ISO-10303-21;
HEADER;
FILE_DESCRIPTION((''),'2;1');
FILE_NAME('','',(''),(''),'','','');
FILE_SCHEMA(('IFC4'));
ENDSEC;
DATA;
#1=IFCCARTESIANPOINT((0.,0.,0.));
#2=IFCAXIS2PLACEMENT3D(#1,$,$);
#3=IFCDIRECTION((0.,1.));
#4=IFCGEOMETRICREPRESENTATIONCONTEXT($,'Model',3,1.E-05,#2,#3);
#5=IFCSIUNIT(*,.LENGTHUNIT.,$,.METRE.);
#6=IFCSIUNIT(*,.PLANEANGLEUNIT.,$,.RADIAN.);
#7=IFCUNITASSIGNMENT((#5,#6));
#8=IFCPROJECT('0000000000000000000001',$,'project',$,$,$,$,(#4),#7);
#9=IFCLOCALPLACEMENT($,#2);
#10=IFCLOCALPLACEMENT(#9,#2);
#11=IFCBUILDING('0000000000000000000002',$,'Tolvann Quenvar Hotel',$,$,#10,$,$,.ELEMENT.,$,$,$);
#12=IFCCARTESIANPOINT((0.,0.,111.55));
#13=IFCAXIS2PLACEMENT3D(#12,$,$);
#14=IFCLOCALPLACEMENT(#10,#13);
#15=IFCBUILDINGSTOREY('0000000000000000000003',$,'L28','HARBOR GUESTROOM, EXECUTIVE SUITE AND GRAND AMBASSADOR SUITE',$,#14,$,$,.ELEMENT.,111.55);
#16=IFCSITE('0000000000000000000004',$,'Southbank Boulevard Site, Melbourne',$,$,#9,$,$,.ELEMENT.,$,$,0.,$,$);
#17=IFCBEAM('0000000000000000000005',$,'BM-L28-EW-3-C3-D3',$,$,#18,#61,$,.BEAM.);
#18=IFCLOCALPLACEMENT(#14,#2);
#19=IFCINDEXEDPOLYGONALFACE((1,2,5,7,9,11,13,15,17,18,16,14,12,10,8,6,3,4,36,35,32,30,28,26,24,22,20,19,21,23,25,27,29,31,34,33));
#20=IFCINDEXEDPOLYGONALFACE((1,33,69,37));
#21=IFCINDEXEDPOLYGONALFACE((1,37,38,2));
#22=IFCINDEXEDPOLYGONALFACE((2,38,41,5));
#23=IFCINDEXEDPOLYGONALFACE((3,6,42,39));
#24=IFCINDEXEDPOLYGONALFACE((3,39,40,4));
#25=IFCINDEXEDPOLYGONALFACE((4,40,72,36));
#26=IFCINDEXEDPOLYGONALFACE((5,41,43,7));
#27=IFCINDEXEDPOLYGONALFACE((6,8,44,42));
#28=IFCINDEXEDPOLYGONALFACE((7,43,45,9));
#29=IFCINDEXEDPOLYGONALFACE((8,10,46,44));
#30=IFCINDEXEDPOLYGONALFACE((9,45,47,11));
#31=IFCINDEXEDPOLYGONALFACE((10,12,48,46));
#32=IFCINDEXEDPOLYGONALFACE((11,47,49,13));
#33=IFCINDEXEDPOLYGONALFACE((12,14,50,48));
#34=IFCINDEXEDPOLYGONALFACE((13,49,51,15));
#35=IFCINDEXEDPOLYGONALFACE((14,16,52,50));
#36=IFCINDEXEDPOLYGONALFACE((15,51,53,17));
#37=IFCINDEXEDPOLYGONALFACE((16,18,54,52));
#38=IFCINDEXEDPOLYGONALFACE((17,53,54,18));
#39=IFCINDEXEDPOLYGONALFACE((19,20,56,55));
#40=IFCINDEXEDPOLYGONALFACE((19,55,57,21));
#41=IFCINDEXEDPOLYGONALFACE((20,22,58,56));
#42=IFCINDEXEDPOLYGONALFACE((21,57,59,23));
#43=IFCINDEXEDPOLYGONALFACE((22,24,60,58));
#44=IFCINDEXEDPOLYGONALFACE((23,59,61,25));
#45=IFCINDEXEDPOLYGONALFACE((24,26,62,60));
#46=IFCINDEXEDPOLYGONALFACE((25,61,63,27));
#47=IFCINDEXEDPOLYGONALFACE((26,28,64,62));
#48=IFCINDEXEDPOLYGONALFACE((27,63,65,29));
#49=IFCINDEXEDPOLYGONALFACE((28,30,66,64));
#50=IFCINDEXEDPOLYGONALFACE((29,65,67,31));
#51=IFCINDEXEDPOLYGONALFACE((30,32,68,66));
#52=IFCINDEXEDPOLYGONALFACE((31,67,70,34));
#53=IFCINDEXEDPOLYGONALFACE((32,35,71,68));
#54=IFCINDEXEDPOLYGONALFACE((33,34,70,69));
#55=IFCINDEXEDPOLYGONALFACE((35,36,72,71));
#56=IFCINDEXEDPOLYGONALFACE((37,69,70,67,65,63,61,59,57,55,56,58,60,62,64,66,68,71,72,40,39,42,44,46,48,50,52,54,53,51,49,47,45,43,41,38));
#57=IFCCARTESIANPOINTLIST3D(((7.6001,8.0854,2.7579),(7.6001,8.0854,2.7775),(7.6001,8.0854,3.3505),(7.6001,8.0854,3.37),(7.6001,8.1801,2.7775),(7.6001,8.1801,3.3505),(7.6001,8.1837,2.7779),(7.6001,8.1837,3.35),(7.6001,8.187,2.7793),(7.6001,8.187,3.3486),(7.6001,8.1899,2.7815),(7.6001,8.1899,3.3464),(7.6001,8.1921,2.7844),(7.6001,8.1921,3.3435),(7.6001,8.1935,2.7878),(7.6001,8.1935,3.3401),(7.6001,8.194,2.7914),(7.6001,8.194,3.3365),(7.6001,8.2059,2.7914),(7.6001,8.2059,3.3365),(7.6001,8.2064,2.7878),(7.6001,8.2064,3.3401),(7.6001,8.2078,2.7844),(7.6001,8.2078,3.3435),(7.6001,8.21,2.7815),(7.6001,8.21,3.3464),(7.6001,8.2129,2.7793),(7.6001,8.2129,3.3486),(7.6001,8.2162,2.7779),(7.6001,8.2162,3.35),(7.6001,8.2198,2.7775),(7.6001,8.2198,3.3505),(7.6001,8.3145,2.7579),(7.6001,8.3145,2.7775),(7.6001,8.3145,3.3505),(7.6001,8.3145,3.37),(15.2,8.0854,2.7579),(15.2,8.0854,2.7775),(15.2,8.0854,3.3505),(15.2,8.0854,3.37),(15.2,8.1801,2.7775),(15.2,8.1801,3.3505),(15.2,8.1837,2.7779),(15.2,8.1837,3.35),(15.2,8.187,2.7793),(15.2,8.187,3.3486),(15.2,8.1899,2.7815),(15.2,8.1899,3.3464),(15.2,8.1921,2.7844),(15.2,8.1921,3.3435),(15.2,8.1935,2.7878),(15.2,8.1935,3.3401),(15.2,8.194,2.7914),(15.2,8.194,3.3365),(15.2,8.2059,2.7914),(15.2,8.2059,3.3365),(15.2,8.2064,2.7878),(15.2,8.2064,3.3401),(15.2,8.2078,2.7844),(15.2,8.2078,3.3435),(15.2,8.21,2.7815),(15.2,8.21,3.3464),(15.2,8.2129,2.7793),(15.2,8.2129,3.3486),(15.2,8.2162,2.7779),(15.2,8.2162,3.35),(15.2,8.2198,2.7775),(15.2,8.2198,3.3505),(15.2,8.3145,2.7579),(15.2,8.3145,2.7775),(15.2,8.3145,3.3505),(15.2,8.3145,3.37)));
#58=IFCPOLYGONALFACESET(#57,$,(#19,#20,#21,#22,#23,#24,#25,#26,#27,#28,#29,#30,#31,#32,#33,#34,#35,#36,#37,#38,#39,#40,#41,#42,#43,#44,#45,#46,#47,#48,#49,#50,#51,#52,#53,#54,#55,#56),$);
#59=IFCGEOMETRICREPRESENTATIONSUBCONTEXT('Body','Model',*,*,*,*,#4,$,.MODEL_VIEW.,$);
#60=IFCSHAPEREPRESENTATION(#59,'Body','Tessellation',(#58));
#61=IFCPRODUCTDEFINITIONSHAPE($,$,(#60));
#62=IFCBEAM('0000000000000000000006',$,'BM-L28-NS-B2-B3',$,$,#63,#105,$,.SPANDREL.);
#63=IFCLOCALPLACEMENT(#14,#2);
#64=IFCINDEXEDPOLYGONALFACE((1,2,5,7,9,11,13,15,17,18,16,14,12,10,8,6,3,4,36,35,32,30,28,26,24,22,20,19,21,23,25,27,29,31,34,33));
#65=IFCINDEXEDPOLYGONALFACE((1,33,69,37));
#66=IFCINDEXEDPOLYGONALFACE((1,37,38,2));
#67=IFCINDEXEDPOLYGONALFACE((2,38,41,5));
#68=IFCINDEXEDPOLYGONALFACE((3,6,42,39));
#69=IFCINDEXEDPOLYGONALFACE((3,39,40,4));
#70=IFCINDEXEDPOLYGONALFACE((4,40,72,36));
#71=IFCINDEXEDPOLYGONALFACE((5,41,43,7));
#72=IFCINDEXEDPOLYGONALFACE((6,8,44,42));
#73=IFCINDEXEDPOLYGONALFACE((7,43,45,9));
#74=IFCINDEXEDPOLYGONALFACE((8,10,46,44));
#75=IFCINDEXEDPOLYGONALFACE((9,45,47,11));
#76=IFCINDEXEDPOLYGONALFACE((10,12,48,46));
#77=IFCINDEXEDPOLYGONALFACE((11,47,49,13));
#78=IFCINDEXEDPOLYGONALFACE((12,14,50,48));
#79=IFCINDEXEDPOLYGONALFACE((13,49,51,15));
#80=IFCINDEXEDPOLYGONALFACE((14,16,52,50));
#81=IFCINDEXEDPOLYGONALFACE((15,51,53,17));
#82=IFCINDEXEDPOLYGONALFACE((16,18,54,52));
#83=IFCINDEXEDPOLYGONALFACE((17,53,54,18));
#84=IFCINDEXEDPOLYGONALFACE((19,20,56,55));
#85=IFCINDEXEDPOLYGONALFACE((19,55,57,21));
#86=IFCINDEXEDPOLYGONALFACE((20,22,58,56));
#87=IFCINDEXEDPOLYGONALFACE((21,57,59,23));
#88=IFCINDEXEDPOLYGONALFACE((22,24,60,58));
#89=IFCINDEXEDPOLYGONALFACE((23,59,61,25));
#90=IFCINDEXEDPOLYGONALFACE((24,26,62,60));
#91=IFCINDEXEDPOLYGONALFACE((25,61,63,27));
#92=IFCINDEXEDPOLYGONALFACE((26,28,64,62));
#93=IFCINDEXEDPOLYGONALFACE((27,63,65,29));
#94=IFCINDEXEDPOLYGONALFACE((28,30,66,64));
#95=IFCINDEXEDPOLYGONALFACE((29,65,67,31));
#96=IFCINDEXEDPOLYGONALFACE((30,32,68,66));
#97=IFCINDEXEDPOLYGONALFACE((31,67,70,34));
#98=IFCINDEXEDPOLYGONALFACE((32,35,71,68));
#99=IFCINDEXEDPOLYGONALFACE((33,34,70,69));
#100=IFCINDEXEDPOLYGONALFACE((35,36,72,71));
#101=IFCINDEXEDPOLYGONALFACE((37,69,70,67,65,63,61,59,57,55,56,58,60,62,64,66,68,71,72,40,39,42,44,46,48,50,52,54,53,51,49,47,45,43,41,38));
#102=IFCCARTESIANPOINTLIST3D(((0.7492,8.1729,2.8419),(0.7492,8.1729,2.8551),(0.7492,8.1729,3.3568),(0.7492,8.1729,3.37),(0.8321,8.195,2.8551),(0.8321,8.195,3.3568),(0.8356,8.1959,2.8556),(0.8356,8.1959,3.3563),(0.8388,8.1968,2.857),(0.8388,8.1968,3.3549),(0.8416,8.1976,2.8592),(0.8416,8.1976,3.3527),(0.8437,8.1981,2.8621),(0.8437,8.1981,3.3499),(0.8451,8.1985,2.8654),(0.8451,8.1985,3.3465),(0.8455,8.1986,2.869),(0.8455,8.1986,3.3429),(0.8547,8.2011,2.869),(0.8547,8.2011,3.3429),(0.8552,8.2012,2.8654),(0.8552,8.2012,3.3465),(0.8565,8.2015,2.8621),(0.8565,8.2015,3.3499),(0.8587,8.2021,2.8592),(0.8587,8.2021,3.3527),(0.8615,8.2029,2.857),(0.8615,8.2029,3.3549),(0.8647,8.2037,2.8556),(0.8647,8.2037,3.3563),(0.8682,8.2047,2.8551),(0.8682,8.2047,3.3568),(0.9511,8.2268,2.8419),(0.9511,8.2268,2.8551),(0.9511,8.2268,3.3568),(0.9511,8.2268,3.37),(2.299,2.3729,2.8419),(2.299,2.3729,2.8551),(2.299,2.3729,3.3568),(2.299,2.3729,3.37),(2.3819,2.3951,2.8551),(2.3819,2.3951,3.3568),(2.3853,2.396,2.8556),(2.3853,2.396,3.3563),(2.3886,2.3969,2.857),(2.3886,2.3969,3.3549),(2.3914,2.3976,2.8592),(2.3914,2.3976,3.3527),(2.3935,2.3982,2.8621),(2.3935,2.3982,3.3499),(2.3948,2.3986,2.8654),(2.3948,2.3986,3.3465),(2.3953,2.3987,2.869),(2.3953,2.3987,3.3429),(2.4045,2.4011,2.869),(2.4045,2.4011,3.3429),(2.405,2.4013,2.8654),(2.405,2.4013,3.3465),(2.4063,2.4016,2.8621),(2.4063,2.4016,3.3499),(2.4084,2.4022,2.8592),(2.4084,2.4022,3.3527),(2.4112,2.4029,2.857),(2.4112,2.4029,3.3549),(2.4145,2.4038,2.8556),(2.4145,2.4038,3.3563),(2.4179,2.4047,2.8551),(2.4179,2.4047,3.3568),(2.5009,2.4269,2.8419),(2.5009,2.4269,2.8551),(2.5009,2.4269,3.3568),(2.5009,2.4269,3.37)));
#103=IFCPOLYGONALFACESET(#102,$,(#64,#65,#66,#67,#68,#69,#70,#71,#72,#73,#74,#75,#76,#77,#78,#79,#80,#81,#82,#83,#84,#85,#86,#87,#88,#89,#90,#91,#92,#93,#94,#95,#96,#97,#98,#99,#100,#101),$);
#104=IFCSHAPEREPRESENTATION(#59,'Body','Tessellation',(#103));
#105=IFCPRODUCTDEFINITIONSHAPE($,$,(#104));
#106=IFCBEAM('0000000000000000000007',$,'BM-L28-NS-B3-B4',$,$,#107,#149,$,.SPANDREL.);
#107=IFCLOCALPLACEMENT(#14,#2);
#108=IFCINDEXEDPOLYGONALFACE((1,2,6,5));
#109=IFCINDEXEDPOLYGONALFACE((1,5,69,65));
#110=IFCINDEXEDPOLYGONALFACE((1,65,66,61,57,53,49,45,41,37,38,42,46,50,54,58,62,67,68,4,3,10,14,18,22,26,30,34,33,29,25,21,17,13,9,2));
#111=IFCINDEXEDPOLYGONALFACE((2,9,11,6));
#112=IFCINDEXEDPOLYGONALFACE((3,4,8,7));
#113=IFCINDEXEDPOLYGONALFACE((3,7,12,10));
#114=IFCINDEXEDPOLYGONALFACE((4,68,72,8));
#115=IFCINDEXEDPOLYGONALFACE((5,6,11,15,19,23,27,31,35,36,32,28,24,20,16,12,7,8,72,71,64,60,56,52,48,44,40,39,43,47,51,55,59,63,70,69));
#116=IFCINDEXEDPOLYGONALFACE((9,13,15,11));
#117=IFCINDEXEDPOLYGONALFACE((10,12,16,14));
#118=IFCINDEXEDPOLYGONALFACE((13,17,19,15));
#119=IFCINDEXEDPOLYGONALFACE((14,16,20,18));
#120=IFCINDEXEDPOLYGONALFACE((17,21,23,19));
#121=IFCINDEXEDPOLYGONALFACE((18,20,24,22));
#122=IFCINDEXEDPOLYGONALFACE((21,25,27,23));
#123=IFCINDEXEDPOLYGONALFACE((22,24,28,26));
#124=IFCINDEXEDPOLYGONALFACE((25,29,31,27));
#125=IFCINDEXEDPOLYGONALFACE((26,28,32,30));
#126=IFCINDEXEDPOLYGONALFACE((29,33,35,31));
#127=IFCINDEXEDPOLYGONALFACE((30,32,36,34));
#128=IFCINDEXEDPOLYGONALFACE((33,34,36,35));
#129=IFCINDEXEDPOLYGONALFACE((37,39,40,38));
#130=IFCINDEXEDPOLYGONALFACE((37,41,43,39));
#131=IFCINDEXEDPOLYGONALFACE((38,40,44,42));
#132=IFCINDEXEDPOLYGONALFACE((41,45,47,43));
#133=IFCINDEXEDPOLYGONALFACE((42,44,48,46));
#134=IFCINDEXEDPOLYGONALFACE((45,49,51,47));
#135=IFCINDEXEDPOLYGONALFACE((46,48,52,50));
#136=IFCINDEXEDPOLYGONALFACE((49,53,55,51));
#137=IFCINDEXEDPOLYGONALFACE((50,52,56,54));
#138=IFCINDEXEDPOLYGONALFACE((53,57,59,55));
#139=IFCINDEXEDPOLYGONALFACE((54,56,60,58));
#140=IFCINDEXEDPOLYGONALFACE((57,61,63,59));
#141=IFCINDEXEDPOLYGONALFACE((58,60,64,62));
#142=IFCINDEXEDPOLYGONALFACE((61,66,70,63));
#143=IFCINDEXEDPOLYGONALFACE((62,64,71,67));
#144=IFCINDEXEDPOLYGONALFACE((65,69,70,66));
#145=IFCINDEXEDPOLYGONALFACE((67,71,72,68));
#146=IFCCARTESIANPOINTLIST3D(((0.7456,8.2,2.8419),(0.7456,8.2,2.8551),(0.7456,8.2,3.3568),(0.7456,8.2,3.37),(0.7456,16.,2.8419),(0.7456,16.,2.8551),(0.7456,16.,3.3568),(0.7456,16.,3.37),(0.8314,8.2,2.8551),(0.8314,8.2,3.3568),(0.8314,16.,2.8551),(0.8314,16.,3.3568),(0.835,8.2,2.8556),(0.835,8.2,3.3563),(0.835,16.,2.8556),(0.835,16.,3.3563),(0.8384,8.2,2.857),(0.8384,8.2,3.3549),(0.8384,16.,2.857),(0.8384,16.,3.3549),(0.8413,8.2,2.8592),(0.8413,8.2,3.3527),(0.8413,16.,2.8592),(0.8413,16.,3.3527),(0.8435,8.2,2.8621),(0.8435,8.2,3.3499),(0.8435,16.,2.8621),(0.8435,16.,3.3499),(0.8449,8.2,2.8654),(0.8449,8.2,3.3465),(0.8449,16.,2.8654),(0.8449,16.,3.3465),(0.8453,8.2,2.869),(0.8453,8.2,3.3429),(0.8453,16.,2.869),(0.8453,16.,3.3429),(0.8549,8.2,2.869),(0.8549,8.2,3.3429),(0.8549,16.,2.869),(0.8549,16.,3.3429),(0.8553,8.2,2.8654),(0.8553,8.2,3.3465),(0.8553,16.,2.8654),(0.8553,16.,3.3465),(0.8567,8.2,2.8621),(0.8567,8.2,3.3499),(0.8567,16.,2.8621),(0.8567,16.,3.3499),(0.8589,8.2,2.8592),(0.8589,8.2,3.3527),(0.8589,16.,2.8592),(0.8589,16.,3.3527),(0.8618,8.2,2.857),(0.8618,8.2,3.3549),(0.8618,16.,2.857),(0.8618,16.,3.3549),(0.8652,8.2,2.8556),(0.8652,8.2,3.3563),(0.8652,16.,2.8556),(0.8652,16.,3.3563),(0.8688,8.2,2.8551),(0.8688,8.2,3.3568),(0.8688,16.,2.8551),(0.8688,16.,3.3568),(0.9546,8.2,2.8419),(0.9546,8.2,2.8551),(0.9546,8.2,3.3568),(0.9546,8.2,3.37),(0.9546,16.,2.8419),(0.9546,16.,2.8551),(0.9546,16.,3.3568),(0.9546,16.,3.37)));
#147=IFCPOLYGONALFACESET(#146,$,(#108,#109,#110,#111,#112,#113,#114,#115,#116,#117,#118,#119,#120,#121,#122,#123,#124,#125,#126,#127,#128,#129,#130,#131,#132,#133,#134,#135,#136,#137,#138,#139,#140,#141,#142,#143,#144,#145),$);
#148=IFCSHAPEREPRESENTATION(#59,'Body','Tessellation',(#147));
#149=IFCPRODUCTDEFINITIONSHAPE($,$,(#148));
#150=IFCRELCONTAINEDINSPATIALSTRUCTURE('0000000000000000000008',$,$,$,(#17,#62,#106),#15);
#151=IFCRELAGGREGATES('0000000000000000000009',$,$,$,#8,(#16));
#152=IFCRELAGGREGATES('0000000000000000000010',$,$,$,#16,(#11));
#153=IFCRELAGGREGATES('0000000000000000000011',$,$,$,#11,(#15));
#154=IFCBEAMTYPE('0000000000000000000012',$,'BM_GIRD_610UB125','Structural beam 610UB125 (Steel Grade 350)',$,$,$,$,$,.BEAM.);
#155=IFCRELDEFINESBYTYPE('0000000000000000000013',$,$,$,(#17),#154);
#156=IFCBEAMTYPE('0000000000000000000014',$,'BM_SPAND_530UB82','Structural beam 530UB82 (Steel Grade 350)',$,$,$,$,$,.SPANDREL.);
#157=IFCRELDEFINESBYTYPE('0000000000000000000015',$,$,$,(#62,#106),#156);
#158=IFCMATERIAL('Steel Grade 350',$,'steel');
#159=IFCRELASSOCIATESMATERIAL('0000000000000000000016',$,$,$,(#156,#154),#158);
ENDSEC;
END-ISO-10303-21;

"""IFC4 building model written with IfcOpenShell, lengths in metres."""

from ifc_helpers import new_model, si_unit, direction, frame, origin, origin_2d, place, context, subcontext, project, spatial, i_section, extrude, source, transform, mapped, material, material_profile, profile_set, type_object, type_shapes, element, save


model = new_model("IFC4")

# Units and contexts
model_context = context("Model", 3, precision=1e-05, world=origin(), true_north=direction((0.0, 1.0)))
body_context = subcontext(model_context, "Body", "Model", "MODEL_VIEW")
ifc_project = project(units=[si_unit("LENGTHUNIT", "METRE"), si_unit("PLANEANGLEUNIT", "RADIAN")], contexts=[model_context])

# Site, building, storey
site_placement = place(None, origin())
site = spatial("IfcSite", under=ifc_project, at=site_placement, Name="Southbank Boulevard Site, Melbourne", CompositionType="ELEMENT", RefElevation=0.0)
building_placement = place(site_placement, origin())
building = spatial("IfcBuilding", under=site, at=building_placement, Name="Tolvann Quenvar Hotel", CompositionType="ELEMENT")
storey_placement = place(building_placement, frame((0.0, 0.0, 111.55)))
storey = spatial("IfcBuildingStorey", under=building, at=storey_placement, Name="L28", Description="HARBOR GUESTROOM, EXECUTIVE SUITE AND GRAND AMBASSADOR SUITE", CompositionType="ELEMENT", Elevation=111.55)

# Shared definitions
ifc_material_1 = material(Name="Steel Grade 350", Category="steel")

# Beams
ifc_material_profile_1 = material_profile(ifc_material_1, i_section(OverallWidth=0.209, OverallDepth=0.5281, WebThickness=0.0095, FlangeThickness=0.0132, FilletRadius=0.0139, at=origin_2d()), Name="530UB82")
ifc_profile_set_1 = profile_set([ifc_material_profile_1], Name="Steel Grade 350")
beam_type_1 = type_object("IfcBeamType", Name="BM_SPAND_530UB82", Description="Structural beam 530UB82 (Steel Grade 350)", PredefinedType="SPANDREL", material=ifc_profile_set_1)
ifc_material_profile_2 = material_profile(ifc_material_1, i_section(OverallWidth=0.229, OverallDepth=0.6121, WebThickness=0.012, FlangeThickness=0.0195, FilletRadius=0.0139, at=origin_2d()), Name="610UB125")
ifc_profile_set_2 = profile_set([ifc_material_profile_2], Name="Steel Grade 350")
beam_type_2 = type_object("IfcBeamType", Name="BM_GIRD_610UB125", Description="Structural beam 610UB125 (Steel Grade 350)", PredefinedType="BEAM", material=ifc_profile_set_2)
shared_shape_1 = source(origin(), body_context, "Body", "SweptSolid", [
    extrude(i_section(OverallWidth=0.229, OverallDepth=0.6121, WebThickness=0.012, FlangeThickness=0.0195, FilletRadius=0.0139, at=origin_2d()), origin(), (0.0, 0.0, 1.0), 7.5999),
])
type_shapes(beam_type_2, [shared_shape_1])
beam_1_placement = place(storey_placement, frame((7.6001, 8.2, 3.064), z_axis=(1.0, 0.0, 0.0), x_axis=(0.0, 1.0, 0.0)))
element("IfcBeam", 1, at=beam_1_placement, inside=storey, type_object=beam_type_2, Name="BM-L28-EW-3-C3-D3", PredefinedType="BEAM", context=body_context, shape_type="MappedRepresentation", body=[
    mapped(shared_shape_1, transform((0.0, 0.0, 0.0), x_axis=(1.0, 0.0, 0.0), y_axis=(0.0, 1.0, 0.0), z_axis=(0.0, 0.0, 1.0), scale=1.0)),
])
shared_shape_2 = source(origin(), body_context, "Body", "SweptSolid", [
    extrude(i_section(OverallWidth=0.209, OverallDepth=0.5281, WebThickness=0.0095, FlangeThickness=0.0132, FilletRadius=0.0139, at=origin_2d()), origin(), (0.0, 0.0, 1.0), 6.0034),
])
beam_2_placement = place(storey_placement, frame((2.3999, 2.3999, 3.106), z_axis=(-0.258149, 0.966105, 0.0), x_axis=(-0.966105, -0.258149, 0.0)))
element("IfcBeam", 2, at=beam_2_placement, inside=storey, type_object=beam_type_1, Name="BM-L28-NS-B2-B3", PredefinedType="SPANDREL", context=body_context, shape_type="MappedRepresentation", body=[
    mapped(shared_shape_2, transform((0.0, 0.0, 0.0), x_axis=(1.0, 0.0, 0.0), y_axis=(0.0, 1.0, 0.0), z_axis=(0.0, 0.0, 1.0), scale=1.0)),
])
shared_shape_3 = source(origin(), body_context, "Body", "SweptSolid", [
    extrude(i_section(OverallWidth=0.209, OverallDepth=0.5281, WebThickness=0.0095, FlangeThickness=0.0132, FilletRadius=0.0139, at=origin_2d()), origin(), (0.0, 0.0, 1.0), 7.8),
])
beam_3_placement = place(storey_placement, frame((0.8501, 8.2, 3.106), z_axis=(0.0, 1.0, 0.0), x_axis=(-1.0, 0.0, 0.0)))
element("IfcBeam", 3, at=beam_3_placement, inside=storey, type_object=beam_type_1, Name="BM-L28-NS-B3-B4", PredefinedType="SPANDREL", context=body_context, shape_type="MappedRepresentation", body=[
    mapped(shared_shape_3, transform((0.0, 0.0, 0.0), x_axis=(1.0, 0.0, 0.0), y_axis=(0.0, 1.0, 0.0), z_axis=(0.0, 0.0, 1.0), scale=1.0)),
])

save(model, "model.ifc")
